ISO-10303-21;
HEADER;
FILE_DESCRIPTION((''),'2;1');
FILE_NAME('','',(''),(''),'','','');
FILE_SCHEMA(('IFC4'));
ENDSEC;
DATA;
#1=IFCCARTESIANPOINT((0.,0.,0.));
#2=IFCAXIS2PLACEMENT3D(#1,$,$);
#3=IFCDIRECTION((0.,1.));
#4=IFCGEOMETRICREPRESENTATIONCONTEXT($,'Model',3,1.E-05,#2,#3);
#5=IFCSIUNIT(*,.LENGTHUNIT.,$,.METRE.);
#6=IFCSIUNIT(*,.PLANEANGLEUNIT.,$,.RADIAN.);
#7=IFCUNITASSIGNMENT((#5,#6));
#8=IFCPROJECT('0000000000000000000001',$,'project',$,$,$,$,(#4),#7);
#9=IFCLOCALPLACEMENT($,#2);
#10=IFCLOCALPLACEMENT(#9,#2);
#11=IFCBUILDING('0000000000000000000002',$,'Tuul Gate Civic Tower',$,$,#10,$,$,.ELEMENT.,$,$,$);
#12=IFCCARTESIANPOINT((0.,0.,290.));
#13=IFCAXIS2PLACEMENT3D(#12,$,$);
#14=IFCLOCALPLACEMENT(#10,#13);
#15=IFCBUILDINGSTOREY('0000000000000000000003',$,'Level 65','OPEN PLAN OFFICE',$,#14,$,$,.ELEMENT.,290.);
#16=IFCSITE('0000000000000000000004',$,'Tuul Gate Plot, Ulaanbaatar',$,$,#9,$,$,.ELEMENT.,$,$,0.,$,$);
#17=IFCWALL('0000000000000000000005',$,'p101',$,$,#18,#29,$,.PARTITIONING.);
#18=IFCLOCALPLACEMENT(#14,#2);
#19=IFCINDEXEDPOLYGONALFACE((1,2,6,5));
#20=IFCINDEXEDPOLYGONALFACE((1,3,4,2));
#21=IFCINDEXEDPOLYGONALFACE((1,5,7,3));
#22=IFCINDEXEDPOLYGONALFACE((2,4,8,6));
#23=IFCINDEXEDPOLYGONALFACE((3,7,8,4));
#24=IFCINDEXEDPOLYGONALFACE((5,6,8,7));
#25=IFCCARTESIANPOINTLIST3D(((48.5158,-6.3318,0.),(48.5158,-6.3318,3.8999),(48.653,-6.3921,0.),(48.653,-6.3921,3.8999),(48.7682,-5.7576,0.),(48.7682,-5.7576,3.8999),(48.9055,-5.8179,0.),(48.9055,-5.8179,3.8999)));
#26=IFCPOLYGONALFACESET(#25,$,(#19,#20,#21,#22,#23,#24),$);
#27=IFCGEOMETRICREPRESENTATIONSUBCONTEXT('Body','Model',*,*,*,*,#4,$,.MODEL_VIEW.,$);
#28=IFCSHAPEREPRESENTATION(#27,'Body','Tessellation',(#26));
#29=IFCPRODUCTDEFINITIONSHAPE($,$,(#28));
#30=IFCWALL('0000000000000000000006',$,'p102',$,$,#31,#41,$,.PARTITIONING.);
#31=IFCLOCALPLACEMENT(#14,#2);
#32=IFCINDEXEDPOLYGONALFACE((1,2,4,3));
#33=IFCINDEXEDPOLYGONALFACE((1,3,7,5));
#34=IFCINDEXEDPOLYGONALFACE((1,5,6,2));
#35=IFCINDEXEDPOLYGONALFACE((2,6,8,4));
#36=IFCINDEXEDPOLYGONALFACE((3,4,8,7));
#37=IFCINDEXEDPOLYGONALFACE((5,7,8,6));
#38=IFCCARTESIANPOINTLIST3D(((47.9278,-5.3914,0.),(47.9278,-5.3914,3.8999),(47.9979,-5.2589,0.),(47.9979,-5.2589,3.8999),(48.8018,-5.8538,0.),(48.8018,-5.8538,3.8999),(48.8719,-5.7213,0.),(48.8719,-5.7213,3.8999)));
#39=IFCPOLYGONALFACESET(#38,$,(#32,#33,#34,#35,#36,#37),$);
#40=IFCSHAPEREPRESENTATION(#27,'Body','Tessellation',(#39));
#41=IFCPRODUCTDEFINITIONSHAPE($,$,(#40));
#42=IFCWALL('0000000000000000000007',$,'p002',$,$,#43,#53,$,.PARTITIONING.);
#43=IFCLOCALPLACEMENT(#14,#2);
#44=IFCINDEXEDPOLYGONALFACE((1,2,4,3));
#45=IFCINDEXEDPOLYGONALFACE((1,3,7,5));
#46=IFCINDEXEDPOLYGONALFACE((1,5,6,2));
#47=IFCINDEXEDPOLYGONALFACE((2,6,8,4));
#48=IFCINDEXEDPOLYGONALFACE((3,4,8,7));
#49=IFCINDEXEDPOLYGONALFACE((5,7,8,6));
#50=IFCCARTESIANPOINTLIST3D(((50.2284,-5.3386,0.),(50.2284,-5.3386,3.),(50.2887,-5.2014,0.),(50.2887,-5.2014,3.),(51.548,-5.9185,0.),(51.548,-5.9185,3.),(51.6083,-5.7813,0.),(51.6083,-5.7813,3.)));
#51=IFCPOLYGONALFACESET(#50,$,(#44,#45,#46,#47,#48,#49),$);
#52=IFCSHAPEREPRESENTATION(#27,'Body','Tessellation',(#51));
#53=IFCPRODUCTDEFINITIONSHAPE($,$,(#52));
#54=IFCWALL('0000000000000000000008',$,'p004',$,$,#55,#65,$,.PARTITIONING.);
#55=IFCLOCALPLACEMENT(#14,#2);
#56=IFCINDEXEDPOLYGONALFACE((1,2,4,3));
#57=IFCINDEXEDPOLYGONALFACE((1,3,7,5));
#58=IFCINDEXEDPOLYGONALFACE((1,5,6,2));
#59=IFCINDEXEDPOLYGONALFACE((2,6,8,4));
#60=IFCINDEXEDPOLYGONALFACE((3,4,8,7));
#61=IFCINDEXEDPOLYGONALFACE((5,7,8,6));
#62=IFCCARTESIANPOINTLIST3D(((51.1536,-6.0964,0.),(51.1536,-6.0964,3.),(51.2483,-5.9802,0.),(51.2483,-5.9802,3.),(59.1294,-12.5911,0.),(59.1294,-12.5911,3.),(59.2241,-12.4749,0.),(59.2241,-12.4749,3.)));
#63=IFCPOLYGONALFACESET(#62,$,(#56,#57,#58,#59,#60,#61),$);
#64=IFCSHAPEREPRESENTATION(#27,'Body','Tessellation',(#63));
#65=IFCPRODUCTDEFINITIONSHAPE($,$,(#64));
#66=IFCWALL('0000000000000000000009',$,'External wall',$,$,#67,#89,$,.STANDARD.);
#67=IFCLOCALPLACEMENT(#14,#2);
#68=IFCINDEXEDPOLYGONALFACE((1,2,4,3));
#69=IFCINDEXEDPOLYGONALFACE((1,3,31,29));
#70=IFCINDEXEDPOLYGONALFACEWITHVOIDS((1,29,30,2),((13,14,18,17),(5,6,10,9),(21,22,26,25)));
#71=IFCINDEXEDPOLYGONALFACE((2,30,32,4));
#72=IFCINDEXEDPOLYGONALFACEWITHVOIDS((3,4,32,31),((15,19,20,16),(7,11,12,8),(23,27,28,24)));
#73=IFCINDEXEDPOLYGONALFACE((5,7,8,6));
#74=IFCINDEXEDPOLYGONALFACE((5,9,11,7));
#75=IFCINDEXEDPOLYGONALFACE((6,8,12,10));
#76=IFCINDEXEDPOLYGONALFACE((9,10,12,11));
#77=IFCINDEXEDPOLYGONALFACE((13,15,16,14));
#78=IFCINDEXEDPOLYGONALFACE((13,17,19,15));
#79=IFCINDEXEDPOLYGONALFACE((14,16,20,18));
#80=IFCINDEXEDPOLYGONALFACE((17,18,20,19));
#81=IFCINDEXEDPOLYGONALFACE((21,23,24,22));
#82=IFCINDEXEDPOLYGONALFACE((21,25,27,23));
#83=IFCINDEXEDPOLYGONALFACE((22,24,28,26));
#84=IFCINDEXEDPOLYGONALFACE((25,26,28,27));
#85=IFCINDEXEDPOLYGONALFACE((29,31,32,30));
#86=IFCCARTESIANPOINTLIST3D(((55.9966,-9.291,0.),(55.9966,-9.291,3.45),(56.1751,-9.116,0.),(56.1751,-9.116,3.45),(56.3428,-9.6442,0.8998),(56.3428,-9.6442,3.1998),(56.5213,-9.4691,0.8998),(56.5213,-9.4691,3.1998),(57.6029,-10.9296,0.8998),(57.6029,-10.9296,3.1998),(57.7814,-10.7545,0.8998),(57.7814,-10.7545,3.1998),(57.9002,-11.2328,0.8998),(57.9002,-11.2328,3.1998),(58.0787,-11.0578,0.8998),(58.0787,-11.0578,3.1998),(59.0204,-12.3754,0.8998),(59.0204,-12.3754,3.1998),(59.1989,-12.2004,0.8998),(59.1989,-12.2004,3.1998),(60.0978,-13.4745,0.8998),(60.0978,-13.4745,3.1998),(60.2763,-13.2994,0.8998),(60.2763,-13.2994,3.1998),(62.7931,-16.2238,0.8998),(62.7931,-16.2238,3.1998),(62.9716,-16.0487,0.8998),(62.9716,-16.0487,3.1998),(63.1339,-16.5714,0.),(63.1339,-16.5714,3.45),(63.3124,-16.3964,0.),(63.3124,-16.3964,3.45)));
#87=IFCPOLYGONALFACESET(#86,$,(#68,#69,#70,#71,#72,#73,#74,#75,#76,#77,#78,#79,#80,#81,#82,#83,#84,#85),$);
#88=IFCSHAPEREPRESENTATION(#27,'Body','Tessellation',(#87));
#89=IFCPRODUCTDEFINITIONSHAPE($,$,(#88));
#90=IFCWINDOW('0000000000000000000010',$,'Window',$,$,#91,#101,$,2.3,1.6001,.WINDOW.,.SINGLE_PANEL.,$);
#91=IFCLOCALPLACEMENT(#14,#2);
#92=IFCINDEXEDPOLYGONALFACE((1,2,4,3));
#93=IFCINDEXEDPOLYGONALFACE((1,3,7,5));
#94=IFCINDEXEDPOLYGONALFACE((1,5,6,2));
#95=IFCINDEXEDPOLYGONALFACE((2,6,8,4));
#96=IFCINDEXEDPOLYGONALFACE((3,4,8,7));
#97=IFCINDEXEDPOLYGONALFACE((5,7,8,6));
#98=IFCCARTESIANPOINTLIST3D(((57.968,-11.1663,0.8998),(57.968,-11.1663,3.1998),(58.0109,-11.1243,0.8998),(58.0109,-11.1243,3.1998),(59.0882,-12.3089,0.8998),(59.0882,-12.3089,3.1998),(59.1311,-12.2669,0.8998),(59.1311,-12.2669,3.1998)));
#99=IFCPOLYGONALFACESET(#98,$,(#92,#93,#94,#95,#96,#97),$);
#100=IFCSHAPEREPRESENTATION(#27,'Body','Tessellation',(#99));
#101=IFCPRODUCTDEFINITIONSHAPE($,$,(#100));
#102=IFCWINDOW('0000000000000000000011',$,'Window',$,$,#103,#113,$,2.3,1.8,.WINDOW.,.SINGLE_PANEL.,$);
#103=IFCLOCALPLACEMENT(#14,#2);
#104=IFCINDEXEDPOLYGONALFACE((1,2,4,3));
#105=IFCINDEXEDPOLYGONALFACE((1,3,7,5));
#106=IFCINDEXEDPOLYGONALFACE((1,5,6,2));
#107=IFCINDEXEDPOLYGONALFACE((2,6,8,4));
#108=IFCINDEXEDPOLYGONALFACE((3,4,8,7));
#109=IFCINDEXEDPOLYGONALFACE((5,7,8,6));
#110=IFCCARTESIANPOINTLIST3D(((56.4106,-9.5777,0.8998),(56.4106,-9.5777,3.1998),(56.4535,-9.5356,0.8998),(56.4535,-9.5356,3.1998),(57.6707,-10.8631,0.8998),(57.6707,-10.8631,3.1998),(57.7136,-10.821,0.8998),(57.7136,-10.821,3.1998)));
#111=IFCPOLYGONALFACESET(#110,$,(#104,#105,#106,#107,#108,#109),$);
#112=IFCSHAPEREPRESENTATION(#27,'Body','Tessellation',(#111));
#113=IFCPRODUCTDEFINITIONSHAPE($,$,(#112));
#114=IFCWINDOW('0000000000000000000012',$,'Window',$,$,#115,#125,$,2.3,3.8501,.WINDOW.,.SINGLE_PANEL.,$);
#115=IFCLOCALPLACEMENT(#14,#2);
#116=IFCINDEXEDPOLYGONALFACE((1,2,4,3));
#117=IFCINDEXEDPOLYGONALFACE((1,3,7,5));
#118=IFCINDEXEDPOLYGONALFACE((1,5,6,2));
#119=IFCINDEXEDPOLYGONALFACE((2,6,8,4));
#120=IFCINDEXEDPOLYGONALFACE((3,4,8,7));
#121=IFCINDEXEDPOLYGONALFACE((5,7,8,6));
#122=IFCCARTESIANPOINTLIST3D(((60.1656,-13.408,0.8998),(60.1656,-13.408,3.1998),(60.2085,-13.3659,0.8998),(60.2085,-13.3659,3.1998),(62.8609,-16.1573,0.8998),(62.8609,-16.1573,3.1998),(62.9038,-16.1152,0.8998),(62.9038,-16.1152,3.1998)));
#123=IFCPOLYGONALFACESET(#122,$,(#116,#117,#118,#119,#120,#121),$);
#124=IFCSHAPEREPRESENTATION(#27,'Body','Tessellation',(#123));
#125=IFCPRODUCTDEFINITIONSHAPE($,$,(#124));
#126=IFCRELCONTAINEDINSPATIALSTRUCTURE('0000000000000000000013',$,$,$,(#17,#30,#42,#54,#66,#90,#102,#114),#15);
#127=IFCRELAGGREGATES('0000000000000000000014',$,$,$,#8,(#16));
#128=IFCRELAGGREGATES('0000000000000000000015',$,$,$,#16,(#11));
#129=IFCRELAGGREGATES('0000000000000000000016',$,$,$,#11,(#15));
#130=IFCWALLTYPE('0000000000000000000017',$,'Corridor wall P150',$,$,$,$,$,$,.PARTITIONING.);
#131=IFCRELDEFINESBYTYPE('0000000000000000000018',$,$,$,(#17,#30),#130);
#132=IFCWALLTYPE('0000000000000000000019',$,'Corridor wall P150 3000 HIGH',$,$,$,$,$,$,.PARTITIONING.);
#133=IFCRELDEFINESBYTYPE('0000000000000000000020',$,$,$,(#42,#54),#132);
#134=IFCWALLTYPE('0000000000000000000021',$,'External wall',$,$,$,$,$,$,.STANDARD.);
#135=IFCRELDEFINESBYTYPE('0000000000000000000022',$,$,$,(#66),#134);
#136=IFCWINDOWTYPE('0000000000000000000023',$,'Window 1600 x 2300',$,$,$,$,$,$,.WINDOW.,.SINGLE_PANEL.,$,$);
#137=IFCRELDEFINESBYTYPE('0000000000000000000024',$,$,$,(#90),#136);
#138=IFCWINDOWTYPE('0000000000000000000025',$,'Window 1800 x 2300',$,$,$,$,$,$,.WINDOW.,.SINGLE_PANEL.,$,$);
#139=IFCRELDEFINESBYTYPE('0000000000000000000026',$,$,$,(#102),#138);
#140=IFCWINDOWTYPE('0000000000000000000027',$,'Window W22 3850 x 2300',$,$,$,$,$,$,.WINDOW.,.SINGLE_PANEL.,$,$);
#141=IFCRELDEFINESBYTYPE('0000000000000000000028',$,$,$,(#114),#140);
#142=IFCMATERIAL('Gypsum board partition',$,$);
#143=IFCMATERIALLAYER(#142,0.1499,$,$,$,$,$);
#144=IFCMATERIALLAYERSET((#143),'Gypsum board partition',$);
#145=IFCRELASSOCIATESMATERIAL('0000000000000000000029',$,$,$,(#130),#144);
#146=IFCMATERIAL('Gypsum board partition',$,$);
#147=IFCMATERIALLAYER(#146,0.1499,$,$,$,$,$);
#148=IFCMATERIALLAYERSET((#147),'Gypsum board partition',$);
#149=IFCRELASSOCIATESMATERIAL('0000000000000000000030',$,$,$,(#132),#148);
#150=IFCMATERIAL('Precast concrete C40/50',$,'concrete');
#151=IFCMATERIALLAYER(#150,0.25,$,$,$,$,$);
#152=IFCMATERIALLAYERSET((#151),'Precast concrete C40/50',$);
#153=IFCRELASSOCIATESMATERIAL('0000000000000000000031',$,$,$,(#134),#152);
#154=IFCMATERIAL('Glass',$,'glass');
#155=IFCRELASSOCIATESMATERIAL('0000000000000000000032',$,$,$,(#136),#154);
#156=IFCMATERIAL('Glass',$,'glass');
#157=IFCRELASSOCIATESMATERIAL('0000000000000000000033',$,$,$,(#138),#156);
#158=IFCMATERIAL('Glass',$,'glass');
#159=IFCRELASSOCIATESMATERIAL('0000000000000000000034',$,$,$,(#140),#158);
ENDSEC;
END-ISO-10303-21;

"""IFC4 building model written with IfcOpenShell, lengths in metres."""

from ifc_helpers import new_model, si_unit, direction, frame, frame_2d, origin, place, context, subcontext, project, spatial, rectangle, extrude, material, layer, layer_set, type_object, element, fill, save


model = new_model("IFC4")

# Units and contexts
model_context = context("Model", 3, precision=1e-05, world=origin(), true_north=direction((0.0, 1.0)))
body_context = subcontext(model_context, "Body", "Model", "MODEL_VIEW")
ifc_project = project(units=[si_unit("LENGTHUNIT", "METRE"), si_unit("PLANEANGLEUNIT", "RADIAN")], contexts=[model_context])

# Site, building, storey
site_placement = place(None, origin())
site = spatial("IfcSite", under=ifc_project, at=site_placement, Name="Tuul Gate Plot, Ulaanbaatar", CompositionType="ELEMENT", RefElevation=0.0)
building_placement = place(site_placement, origin())
building = spatial("IfcBuilding", under=site, at=building_placement, Name="Tuul Gate Civic Tower", CompositionType="ELEMENT")
storey_placement = place(building_placement, frame((0.0, 0.0, 290.0)))
storey = spatial("IfcBuildingStorey", under=building, at=storey_placement, Name="Level 65", Description="OPEN PLAN OFFICE", CompositionType="ELEMENT", Elevation=290.0)

# Shared definitions
ifc_material_1 = material(Name="Gypsum board partition")
ifc_layer_1 = layer(ifc_material_1, 0.1499)
ifc_layer_set_1 = layer_set([ifc_layer_1], Name="Gypsum board partition")
wall_type_1 = type_object("IfcWallType", Name="Corridor wall P150", PredefinedType="PARTITIONING", material=ifc_layer_set_1)

# Walls
wall_1_placement = place(storey_placement, frame((48.5845, -6.3618, 0.0), z_axis=(0.0, 0.0, 1.0), x_axis=(0.402452, 0.915441, 0.0)))
element("IfcWall", 1, at=wall_1_placement, inside=storey, type_object=wall_type_1, Name="p101", PredefinedType="PARTITIONING", context=body_context, shape_type="SweptSolid", body=[
    extrude(rectangle(XDim=0.6272, YDim=0.1499, at=frame_2d((0.3135, 0.0))), origin(), (0.0, 0.0, 1.0), 3.8999),
])
wall_2_placement = place(storey_placement, frame((47.9629, -5.3252, 0.0), z_axis=(0.0, 0.0, 1.0), x_axis=(0.88392, -0.467638, 0.0)))
element("IfcWall", 2, at=wall_2_placement, inside=storey, type_object=wall_type_1, Name="p102", PredefinedType="PARTITIONING", context=body_context, shape_type="SweptSolid", body=[
    extrude(rectangle(XDim=0.9888, YDim=0.1499, at=frame_2d((0.4944, 0.0))), origin(), (0.0, 0.0, 1.0), 3.8999),
])
ifc_material_2 = material(Name="Gypsum board partition")
ifc_layer_2 = layer(ifc_material_2, 0.1499)
ifc_layer_set_2 = layer_set([ifc_layer_2], Name="Gypsum board partition")
wall_type_2 = type_object("IfcWallType", Name="Corridor wall P150 3000 HIGH", PredefinedType="PARTITIONING", material=ifc_layer_set_2)
wall_3_placement = place(storey_placement, frame((50.2585, -5.27, 0.0), z_axis=(0.0, 0.0, 1.0), x_axis=(0.915515, -0.402284, 0.0)))
element("IfcWall", 3, at=wall_3_placement, inside=storey, type_object=wall_type_2, Name="p002", PredefinedType="PARTITIONING", context=body_context, shape_type="SweptSolid", body=[
    extrude(rectangle(XDim=1.4414, YDim=0.1499, at=frame_2d((0.7207, 0.0))), origin(), (0.0, 0.0, 1.0), 3.0),
])
wall_4_placement = place(storey_placement, frame((51.2009, -6.0383, 0.0), z_axis=(0.0, 0.0, 1.0), x_axis=(0.775435, -0.631428, 0.0)))
element("IfcWall", 4, at=wall_4_placement, inside=storey, type_object=wall_type_2, Name="p004", PredefinedType="PARTITIONING", context=body_context, shape_type="SweptSolid", body=[
    extrude(rectangle(XDim=10.2856, YDim=0.1499, at=frame_2d((5.1428, 0.0))), origin(), (0.0, 0.0, 1.0), 3.0),
])

# Wall, openings, windows
ifc_material_3 = material(Name="Precast concrete C40/50", Category="concrete")
ifc_layer_3 = layer(ifc_material_3, 0.25)
ifc_layer_set_3 = layer_set([ifc_layer_3], Name="Precast concrete C40/50")
wall_type_3 = type_object("IfcWallType", Name="External wall", PredefinedType="STANDARD", material=ifc_layer_set_3)
wall_5_placement = place(storey_placement, frame((63.2231, -16.4839, 0.0), z_axis=(0.0, 0.0, 1.0), x_axis=(-0.700056, 0.714088, 0.0)))
wall_5 = element("IfcWall", 5, at=wall_5_placement, inside=storey, type_object=wall_type_3, Name="External wall", PredefinedType="STANDARD", context=body_context, shape_type="SweptSolid", body=[
    extrude(rectangle(XDim=10.1953, YDim=0.25, at=frame_2d((5.0977, 0.0))), origin(), (0.0, 0.0, 1.0), 3.45),
])
opening_1_placement = place(wall_5_placement, frame((0.4868, 0.0, 0.8999)))
opening_1 = element("IfcOpeningElement", 6, at=opening_1_placement, cuts=wall_5, PredefinedType="OPENING", context=body_context, shape_type="SweptSolid", body=[
    extrude(rectangle(XDim=3.8501, YDim=2.3, at=frame_2d((1.925, 1.1499))), frame((0.0, 0.135, 0.0), z_axis=(0.0, -1.0, 0.0), x_axis=(1.0, 0.0, 0.0)), (0.0, 0.0, 1.0), 0.27),
])
opening_2_placement = place(wall_5_placement, frame((5.876, 0.0, 0.8999)))
opening_2 = element("IfcOpeningElement", 7, at=opening_2_placement, cuts=wall_5, PredefinedType="OPENING", context=body_context, shape_type="SweptSolid", body=[
    extrude(rectangle(XDim=1.6001, YDim=2.3, at=frame_2d((0.8, 1.1499))), frame((0.0, 0.135, 0.0), z_axis=(0.0, -1.0, 0.0), x_axis=(1.0, 0.0, 0.0)), (0.0, 0.0, 1.0), 0.27),
])
opening_3_placement = place(wall_5_placement, frame((7.9009, 0.0, 0.8999)))
opening_3 = element("IfcOpeningElement", 8, at=opening_3_placement, cuts=wall_5, PredefinedType="OPENING", context=body_context, shape_type="SweptSolid", body=[
    extrude(rectangle(XDim=1.8, YDim=2.3, at=frame_2d((0.8999, 1.1499))), frame((0.0, 0.135, 0.0), z_axis=(0.0, -1.0, 0.0), x_axis=(1.0, 0.0, 0.0)), (0.0, 0.0, 1.0), 0.27),
])
ifc_material_4 = material(Name="Glass", Category="glass")
window_type_1 = type_object("IfcWindowType", Name="Window 1600 x 2300", PartitioningType="SINGLE_PANEL", PredefinedType="WINDOW", material=ifc_material_4)
window_1_placement = place(opening_2_placement, origin())
window_1 = element("IfcWindow", 9, at=window_1_placement, inside=storey, type_object=window_type_1, Name="Window", OverallHeight=2.3, OverallWidth=1.6001, PartitioningType="SINGLE_PANEL", PredefinedType="WINDOW", context=body_context, shape_type="SweptSolid", body=[
    extrude(rectangle(XDim=1.6001, YDim=2.3, at=frame_2d((0.8, 1.1499))), frame((0.0, 0.03, 0.0), z_axis=(0.0, -1.0, 0.0), x_axis=(1.0, 0.0, 0.0)), (0.0, 0.0, 1.0), 0.0601),
])
fill(opening_2, window_1)
ifc_material_5 = material(Name="Glass", Category="glass")
window_type_2 = type_object("IfcWindowType", Name="Window 1800 x 2300", PartitioningType="SINGLE_PANEL", PredefinedType="WINDOW", material=ifc_material_5)
window_2_placement = place(opening_3_placement, origin())
window_2 = element("IfcWindow", 10, at=window_2_placement, inside=storey, type_object=window_type_2, Name="Window", OverallHeight=2.3, OverallWidth=1.8, PartitioningType="SINGLE_PANEL", PredefinedType="WINDOW", context=body_context, shape_type="SweptSolid", body=[
    extrude(rectangle(XDim=1.8, YDim=2.3, at=frame_2d((0.8999, 1.1499))), frame((0.0, 0.03, 0.0), z_axis=(0.0, -1.0, 0.0), x_axis=(1.0, 0.0, 0.0)), (0.0, 0.0, 1.0), 0.0601),
])
fill(opening_3, window_2)
ifc_material_6 = material(Name="Glass", Category="glass")
window_type_3 = type_object("IfcWindowType", Name="Window W22 3850 x 2300", PartitioningType="SINGLE_PANEL", PredefinedType="WINDOW", material=ifc_material_6)
window_3_placement = place(opening_1_placement, origin())
window_3 = element("IfcWindow", 11, at=window_3_placement, inside=storey, type_object=window_type_3, Name="Window", OverallHeight=2.3, OverallWidth=3.8501, PartitioningType="SINGLE_PANEL", PredefinedType="WINDOW", context=body_context, shape_type="SweptSolid", body=[
    extrude(rectangle(XDim=3.8501, YDim=2.3, at=frame_2d((1.925, 1.1499))), frame((0.0, 0.03, 0.0), z_axis=(0.0, -1.0, 0.0), x_axis=(1.0, 0.0, 0.0)), (0.0, 0.0, 1.0), 0.0601),
])
fill(opening_1, window_3)

save(model, "model.ifc")
